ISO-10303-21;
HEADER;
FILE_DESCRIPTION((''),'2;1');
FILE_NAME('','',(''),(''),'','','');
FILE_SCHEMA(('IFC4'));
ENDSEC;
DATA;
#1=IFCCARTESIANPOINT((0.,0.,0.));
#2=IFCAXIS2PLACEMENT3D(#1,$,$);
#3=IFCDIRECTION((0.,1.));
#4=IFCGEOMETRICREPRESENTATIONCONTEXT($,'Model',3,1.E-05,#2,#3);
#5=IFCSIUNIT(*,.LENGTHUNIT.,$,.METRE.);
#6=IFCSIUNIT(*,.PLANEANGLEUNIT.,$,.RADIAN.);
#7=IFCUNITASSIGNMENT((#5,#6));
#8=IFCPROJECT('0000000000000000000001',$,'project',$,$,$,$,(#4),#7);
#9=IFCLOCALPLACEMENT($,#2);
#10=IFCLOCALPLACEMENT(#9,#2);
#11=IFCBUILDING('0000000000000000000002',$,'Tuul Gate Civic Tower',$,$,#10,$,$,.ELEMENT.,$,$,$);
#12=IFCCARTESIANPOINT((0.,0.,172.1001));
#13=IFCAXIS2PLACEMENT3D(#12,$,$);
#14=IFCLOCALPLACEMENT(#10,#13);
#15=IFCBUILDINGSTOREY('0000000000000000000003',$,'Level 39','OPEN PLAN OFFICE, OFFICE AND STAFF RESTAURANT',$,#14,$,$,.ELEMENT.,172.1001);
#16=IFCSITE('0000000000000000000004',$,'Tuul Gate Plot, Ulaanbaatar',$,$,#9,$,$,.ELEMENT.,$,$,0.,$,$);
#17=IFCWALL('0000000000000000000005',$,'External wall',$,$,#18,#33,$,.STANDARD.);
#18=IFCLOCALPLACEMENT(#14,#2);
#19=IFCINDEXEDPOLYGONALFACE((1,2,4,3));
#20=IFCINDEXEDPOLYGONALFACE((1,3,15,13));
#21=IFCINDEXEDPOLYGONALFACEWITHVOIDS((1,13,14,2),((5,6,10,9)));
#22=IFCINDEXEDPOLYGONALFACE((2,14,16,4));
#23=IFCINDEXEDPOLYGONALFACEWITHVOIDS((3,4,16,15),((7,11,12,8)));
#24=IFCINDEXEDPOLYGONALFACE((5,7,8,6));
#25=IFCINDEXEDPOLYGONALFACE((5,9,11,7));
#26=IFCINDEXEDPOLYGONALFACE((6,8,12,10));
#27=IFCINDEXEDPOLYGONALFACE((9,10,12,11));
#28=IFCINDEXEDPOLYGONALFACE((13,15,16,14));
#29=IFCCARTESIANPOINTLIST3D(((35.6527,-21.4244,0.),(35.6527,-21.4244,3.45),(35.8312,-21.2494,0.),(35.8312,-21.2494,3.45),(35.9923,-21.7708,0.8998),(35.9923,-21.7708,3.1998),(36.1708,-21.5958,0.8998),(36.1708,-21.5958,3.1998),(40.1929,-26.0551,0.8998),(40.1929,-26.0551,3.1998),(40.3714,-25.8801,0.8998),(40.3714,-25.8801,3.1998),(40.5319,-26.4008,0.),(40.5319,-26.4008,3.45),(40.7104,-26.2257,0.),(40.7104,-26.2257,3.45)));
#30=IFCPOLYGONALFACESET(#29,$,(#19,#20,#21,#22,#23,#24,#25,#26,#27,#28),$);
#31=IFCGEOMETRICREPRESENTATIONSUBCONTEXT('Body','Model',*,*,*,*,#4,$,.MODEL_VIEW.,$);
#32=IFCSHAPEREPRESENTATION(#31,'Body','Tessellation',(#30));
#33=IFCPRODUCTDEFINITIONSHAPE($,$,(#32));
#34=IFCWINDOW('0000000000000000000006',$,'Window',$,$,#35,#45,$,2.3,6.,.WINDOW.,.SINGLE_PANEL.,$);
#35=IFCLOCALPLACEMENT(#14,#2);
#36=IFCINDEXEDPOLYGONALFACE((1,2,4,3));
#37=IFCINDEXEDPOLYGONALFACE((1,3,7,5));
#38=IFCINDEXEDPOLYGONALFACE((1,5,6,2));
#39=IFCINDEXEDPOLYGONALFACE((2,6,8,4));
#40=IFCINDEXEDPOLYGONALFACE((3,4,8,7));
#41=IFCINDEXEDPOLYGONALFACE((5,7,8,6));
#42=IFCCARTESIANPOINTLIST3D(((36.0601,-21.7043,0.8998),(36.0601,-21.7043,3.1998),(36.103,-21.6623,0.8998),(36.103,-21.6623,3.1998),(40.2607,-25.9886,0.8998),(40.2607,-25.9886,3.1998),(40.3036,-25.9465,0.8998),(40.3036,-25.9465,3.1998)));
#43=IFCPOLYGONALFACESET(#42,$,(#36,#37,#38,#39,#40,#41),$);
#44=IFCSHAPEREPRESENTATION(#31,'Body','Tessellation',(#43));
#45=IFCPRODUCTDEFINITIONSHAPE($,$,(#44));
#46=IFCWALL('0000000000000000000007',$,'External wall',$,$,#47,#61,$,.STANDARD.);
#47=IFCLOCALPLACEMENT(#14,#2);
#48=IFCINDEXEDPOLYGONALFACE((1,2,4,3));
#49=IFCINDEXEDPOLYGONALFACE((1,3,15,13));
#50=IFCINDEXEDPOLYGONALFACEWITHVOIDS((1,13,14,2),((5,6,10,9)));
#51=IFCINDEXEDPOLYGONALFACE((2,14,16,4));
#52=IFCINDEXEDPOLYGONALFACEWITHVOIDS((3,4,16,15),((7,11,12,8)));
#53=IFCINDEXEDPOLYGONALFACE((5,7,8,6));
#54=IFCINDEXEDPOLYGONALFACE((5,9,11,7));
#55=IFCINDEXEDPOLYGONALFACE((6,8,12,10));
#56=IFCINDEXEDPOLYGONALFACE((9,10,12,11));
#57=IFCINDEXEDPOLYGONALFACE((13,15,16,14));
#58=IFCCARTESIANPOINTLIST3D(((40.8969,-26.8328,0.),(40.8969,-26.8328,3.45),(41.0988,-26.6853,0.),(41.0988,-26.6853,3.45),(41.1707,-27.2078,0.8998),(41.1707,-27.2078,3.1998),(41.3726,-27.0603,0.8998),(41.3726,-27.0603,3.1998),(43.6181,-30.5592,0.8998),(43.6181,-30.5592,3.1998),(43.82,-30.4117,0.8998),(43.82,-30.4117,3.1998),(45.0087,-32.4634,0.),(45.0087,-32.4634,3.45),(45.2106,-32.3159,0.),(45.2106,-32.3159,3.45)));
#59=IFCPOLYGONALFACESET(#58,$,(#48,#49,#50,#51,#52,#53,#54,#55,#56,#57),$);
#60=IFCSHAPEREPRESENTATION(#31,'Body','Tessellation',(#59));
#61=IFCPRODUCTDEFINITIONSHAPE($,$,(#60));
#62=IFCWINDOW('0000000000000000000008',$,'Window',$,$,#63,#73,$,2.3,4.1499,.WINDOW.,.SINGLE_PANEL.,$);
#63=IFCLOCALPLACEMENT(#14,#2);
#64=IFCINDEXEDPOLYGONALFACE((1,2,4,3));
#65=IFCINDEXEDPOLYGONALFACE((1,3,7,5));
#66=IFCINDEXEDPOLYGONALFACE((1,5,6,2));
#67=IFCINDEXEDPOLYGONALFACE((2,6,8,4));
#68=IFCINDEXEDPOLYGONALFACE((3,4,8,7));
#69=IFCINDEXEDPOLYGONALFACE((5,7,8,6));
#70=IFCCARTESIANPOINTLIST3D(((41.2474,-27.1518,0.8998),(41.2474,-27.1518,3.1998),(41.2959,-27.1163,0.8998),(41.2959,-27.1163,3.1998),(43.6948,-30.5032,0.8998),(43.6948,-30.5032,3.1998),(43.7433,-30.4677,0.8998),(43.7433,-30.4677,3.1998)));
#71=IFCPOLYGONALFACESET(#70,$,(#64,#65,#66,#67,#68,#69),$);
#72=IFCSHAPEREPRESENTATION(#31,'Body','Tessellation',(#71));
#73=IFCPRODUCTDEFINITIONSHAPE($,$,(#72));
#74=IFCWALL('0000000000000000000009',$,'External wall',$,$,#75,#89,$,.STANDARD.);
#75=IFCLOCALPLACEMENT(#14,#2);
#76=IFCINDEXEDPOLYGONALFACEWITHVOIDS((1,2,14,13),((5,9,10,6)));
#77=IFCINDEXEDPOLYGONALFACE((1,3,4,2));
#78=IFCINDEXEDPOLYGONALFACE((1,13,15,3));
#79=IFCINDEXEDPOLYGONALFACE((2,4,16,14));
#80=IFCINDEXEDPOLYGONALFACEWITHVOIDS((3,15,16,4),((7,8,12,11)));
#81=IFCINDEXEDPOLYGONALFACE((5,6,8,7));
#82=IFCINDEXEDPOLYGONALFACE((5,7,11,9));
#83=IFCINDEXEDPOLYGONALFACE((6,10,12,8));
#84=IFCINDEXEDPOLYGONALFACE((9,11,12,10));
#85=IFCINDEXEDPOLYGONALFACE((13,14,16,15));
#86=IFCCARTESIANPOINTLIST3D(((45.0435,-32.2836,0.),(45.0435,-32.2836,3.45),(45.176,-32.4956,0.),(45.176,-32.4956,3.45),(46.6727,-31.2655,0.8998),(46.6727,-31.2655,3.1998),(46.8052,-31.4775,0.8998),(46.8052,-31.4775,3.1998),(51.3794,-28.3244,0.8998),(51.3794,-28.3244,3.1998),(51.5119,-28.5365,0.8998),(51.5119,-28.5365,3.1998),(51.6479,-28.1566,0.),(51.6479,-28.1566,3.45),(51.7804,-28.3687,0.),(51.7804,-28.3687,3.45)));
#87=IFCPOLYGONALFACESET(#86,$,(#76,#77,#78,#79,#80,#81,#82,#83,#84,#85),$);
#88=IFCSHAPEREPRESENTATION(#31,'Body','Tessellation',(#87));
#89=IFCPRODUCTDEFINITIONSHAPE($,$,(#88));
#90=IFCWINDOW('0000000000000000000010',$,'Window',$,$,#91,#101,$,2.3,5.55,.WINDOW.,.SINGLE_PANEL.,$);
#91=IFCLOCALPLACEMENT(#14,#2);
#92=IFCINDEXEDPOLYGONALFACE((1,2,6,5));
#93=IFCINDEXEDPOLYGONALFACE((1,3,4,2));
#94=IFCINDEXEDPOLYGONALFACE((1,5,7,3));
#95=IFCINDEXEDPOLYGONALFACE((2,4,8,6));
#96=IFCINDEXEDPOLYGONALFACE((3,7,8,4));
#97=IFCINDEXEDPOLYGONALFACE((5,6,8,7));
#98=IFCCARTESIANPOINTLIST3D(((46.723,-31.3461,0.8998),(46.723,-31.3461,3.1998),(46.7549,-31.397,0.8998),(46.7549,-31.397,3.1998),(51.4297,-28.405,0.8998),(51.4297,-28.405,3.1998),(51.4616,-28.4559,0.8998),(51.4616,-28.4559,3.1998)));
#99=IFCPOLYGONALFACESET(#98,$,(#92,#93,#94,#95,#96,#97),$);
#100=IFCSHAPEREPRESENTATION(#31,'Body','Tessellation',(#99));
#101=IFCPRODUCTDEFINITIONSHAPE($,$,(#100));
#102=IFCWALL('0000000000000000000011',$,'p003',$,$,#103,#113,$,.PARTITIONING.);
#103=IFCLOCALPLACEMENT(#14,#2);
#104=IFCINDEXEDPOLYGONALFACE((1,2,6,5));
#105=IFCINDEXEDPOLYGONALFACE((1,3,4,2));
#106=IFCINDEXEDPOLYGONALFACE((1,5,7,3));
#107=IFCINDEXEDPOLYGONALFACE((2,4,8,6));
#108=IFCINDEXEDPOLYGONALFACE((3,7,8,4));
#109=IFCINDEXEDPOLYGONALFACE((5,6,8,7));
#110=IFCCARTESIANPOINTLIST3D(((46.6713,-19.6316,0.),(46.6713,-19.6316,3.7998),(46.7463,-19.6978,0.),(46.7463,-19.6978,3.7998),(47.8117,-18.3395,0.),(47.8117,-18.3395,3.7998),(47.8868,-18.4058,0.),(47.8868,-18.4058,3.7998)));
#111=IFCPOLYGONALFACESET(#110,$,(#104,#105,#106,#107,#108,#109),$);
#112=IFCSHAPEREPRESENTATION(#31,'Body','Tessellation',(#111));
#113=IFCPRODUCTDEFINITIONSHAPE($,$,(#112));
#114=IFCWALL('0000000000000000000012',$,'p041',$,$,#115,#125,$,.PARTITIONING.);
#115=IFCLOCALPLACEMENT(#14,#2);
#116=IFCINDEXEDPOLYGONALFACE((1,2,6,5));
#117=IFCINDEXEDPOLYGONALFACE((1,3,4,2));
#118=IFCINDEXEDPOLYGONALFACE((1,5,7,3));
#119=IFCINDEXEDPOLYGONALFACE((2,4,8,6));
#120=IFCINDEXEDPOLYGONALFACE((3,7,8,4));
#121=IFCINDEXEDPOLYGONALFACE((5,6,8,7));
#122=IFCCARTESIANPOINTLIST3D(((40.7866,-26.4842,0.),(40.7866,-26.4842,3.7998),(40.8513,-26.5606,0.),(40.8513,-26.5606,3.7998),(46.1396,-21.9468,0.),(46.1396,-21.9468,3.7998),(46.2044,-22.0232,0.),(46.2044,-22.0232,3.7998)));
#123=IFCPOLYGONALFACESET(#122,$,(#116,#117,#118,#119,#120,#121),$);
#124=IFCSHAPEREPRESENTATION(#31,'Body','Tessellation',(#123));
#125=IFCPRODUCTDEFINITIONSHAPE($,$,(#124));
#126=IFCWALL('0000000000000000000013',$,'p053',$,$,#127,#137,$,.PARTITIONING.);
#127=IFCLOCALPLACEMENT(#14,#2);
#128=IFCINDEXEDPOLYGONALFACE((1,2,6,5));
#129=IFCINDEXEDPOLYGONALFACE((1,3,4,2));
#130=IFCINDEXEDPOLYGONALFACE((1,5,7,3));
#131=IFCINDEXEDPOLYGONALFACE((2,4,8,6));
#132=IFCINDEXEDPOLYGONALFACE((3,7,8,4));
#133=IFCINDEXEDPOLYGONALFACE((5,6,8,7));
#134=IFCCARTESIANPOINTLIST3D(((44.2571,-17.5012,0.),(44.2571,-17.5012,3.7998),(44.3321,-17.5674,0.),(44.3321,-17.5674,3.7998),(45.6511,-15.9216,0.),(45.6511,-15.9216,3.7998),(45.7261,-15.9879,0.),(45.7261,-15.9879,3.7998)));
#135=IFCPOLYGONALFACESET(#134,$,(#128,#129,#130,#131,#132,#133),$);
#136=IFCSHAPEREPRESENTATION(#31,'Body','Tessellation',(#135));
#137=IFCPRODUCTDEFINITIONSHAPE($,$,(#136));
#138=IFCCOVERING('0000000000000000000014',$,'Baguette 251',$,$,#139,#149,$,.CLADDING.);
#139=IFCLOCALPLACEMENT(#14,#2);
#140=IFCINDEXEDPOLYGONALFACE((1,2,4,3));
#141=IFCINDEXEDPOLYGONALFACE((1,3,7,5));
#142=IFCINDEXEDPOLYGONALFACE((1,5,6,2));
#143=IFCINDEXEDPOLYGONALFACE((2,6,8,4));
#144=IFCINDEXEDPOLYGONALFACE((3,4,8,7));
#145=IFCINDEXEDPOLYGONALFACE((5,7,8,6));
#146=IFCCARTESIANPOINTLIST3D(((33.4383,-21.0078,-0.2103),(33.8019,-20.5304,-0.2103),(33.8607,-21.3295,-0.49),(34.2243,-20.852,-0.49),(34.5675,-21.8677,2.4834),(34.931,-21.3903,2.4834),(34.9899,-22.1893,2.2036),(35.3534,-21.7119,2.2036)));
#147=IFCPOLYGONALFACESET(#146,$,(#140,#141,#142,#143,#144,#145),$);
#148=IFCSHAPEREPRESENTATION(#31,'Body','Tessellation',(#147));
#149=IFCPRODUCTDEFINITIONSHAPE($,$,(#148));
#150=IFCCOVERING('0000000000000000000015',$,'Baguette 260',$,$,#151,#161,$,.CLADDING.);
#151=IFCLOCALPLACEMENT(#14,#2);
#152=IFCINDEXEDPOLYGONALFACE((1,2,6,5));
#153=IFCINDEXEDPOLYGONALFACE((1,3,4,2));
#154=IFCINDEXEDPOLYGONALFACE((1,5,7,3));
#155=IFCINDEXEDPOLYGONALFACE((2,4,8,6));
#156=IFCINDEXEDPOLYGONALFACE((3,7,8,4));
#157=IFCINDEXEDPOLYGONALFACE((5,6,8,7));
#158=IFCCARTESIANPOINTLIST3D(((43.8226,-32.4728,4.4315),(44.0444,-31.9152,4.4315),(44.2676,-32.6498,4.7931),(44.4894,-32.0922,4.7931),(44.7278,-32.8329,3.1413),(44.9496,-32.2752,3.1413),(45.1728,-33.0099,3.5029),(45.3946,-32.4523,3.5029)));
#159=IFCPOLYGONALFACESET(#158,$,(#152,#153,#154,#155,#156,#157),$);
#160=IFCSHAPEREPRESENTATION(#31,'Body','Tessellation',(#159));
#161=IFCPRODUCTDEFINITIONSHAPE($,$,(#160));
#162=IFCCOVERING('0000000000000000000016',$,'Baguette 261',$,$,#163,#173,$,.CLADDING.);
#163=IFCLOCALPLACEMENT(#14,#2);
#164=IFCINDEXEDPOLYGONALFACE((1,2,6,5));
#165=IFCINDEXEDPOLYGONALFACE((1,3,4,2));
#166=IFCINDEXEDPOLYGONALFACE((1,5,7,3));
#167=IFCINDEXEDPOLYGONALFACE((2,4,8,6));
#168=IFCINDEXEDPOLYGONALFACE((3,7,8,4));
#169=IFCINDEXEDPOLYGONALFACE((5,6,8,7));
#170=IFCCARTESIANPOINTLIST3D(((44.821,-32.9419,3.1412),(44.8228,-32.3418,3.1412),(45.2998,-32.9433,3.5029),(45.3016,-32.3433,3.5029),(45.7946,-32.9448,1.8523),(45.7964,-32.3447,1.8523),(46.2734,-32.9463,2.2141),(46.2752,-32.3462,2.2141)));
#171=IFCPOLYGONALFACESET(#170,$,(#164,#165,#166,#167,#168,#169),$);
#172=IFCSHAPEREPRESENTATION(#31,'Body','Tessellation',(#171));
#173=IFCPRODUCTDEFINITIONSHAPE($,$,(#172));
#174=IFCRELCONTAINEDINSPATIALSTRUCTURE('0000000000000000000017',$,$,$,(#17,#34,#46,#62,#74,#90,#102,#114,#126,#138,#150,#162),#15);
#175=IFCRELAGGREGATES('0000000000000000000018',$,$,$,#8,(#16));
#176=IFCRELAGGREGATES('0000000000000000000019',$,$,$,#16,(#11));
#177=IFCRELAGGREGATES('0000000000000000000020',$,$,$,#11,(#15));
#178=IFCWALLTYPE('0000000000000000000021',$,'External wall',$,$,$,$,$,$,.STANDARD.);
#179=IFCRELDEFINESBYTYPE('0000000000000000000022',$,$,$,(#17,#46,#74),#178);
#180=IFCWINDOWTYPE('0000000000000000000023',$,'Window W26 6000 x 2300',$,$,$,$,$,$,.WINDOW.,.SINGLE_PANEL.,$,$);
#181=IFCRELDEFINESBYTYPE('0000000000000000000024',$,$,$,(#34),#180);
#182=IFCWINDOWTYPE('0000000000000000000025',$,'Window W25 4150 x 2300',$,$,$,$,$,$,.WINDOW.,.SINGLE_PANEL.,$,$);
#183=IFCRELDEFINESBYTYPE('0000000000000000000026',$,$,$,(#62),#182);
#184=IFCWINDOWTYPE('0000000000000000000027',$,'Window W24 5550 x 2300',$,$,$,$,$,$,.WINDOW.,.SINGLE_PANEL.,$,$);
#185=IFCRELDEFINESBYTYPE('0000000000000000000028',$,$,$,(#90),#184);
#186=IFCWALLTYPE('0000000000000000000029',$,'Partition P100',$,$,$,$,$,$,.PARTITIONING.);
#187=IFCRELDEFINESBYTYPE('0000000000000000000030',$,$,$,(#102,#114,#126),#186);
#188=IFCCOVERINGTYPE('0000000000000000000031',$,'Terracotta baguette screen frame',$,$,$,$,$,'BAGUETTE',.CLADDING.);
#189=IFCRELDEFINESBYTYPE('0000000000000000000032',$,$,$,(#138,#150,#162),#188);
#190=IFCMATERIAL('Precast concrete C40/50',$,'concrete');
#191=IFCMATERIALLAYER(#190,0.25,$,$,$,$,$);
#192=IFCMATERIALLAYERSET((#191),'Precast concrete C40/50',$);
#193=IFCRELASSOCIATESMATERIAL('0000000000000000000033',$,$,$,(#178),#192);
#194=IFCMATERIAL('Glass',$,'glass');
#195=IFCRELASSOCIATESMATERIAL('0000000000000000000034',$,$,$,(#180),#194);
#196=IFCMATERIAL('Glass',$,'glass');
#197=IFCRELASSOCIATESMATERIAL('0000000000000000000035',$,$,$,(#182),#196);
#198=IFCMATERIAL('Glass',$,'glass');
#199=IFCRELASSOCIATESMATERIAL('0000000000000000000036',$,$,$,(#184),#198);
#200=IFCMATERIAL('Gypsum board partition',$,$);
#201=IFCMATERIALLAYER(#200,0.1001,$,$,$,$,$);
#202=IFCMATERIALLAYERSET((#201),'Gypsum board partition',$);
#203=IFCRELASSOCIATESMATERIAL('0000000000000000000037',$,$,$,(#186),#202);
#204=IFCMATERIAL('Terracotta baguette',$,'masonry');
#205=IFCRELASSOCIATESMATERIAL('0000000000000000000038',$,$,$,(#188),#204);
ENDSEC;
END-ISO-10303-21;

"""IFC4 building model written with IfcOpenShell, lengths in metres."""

from ifc_helpers import new_model, si_unit, direction, frame, frame_2d, origin, origin_2d, place, context, subcontext, project, spatial, rectangle, extrude, material, layer, layer_set, material_profile, profile_set, type_object, element, fill, save


model = new_model("IFC4")

# Units and contexts
model_context = context("Model", 3, precision=1e-05, world=origin(), true_north=direction((0.0, 1.0)))
body_context = subcontext(model_context, "Body", "Model", "MODEL_VIEW")
ifc_project = project(units=[si_unit("LENGTHUNIT", "METRE"), si_unit("PLANEANGLEUNIT", "RADIAN")], contexts=[model_context])

# Site, building, storey
site_placement = place(None, origin())
site = spatial("IfcSite", under=ifc_project, at=site_placement, Name="Tuul Gate Plot, Ulaanbaatar", CompositionType="ELEMENT", RefElevation=0.0)
building_placement = place(site_placement, origin())
building = spatial("IfcBuilding", under=site, at=building_placement, Name="Tuul Gate Civic Tower", CompositionType="ELEMENT")
storey_placement = place(building_placement, frame((0.0, 0.0, 172.1001)))
storey = spatial("IfcBuildingStorey", under=building, at=storey_placement, Name="Level 39", Description="OPEN PLAN OFFICE, OFFICE AND STAFF RESTAURANT", CompositionType="ELEMENT", Elevation=172.1001)

# Walls, openings, windows
ifc_material_1 = material(Name="Precast concrete C40/50", Category="concrete")
ifc_layer_1 = layer(ifc_material_1, 0.25)
ifc_layer_set_1 = layer_set([ifc_layer_1], Name="Precast concrete C40/50")
wall_type_1 = type_object("IfcWallType", Name="External wall", PredefinedType="STANDARD", material=ifc_layer_set_1)
wall_1_placement = place(storey_placement, frame((35.7419, -21.3369, 0.0), z_axis=(0.0, 0.0, 1.0), x_axis=(0.700101, -0.714044, 0.0)))
wall_1 = element("IfcWall", 1, at=wall_1_placement, inside=storey, type_object=wall_type_1, Name="External wall", PredefinedType="STANDARD", context=body_context, shape_type="SweptSolid", body=[
    extrude(rectangle(XDim=6.9692, YDim=0.25, at=frame_2d((3.4846, 0.0))), origin(), (0.0, 0.0, 1.0), 3.45),
])
opening_1_placement = place(wall_1_placement, frame((0.4851, 0.0, 0.8999)))
opening_1 = element("IfcOpeningElement", 2, at=opening_1_placement, cuts=wall_1, PredefinedType="OPENING", context=body_context, shape_type="SweptSolid", body=[
    extrude(rectangle(XDim=6.0, YDim=2.3, at=frame_2d((3.0, 1.1499))), frame((0.0, 0.135, 0.0), z_axis=(0.0, -1.0, 0.0), x_axis=(1.0, 0.0, 0.0)), (0.0, 0.0, 1.0), 0.27),
])
ifc_material_2 = material(Name="Glass", Category="glass")
window_type_1 = type_object("IfcWindowType", Name="Window W26 6000 x 2300", PartitioningType="SINGLE_PANEL", PredefinedType="WINDOW", material=ifc_material_2)
window_1_placement = place(opening_1_placement, origin())
window_1 = element("IfcWindow", 3, at=window_1_placement, inside=storey, type_object=window_type_1, Name="Window", OverallHeight=2.3, OverallWidth=6.0, PartitioningType="SINGLE_PANEL", PredefinedType="WINDOW", context=body_context, shape_type="SweptSolid", body=[
    extrude(rectangle(XDim=6.0, YDim=2.3, at=frame_2d((3.0, 1.1499))), frame((0.0, 0.03, 0.0), z_axis=(0.0, -1.0, 0.0), x_axis=(1.0, 0.0, 0.0)), (0.0, 0.0, 1.0), 0.0601),
])
fill(opening_1, window_1)
wall_2_placement = place(storey_placement, frame((40.9978, -26.759, 0.0), z_axis=(0.0, 0.0, 1.0), x_axis=(0.589749, -0.807587, 0.0)))
wall_2 = element("IfcWall", 4, at=wall_2_placement, inside=storey, type_object=wall_type_1, Name="External wall", PredefinedType="STANDARD", context=body_context, shape_type="SweptSolid", body=[
    extrude(rectangle(XDim=6.9722, YDim=0.25, at=frame_2d((3.4861, 0.0))), origin(), (0.0, 0.0, 1.0), 3.45),
])
opening_2_placement = place(wall_2_placement, frame((0.4644, 0.0, 0.8999)))
opening_2 = element("IfcOpeningElement", 5, at=opening_2_placement, cuts=wall_2, PredefinedType="OPENING", context=body_context, shape_type="SweptSolid", body=[
    extrude(rectangle(XDim=4.1499, YDim=2.3, at=frame_2d((2.075, 1.1499))), frame((0.0, 0.135, 0.0), z_axis=(0.0, -1.0, 0.0), x_axis=(1.0, 0.0, 0.0)), (0.0, 0.0, 1.0), 0.27),
])
ifc_material_3 = material(Name="Glass", Category="glass")
window_type_2 = type_object("IfcWindowType", Name="Window W25 4150 x 2300", PartitioningType="SINGLE_PANEL", PredefinedType="WINDOW", material=ifc_material_3)
window_2_placement = place(opening_2_placement, origin())
window_2 = element("IfcWindow", 6, at=window_2_placement, inside=storey, type_object=window_type_2, Name="Window", OverallHeight=2.3, OverallWidth=4.1499, PartitioningType="SINGLE_PANEL", PredefinedType="WINDOW", context=body_context, shape_type="SweptSolid", body=[
    extrude(rectangle(XDim=4.1499, YDim=2.3, at=frame_2d((2.075, 1.1499))), frame((0.0, 0.03, 0.0), z_axis=(0.0, -1.0, 0.0), x_axis=(1.0, 0.0, 0.0)), (0.0, 0.0, 1.0), 0.0601),
])
fill(opening_2, window_2)
wall_3_placement = place(storey_placement, frame((45.1096, -32.3896, 0.0), z_axis=(0.0, 0.0, 1.0), x_axis=(0.848048, 0.52992, 0.0)))
wall_3 = element("IfcWall", 7, at=wall_3_placement, inside=storey, type_object=wall_type_1, Name="External wall", PredefinedType="STANDARD", context=body_context, shape_type="SweptSolid", body=[
    extrude(rectangle(XDim=7.7878, YDim=0.25, at=frame_2d((3.894, 0.0))), origin(), (0.0, 0.0, 1.0), 3.45),
])
opening_3_placement = place(wall_3_placement, frame((1.9214, 0.0, 0.8999)))
opening_3 = element("IfcOpeningElement", 8, at=opening_3_placement, cuts=wall_3, PredefinedType="OPENING", context=body_context, shape_type="SweptSolid", body=[
    extrude(rectangle(XDim=5.55, YDim=2.3, at=frame_2d((2.7749, 1.1499))), frame((0.0, 0.135, 0.0), z_axis=(0.0, -1.0, 0.0), x_axis=(1.0, 0.0, 0.0)), (0.0, 0.0, 1.0), 0.27),
])
ifc_material_4 = material(Name="Glass", Category="glass")
window_type_3 = type_object("IfcWindowType", Name="Window W24 5550 x 2300", PartitioningType="SINGLE_PANEL", PredefinedType="WINDOW", material=ifc_material_4)
window_3_placement = place(opening_3_placement, origin())
window_3 = element("IfcWindow", 9, at=window_3_placement, inside=storey, type_object=window_type_3, Name="Window", OverallHeight=2.3, OverallWidth=5.55, PartitioningType="SINGLE_PANEL", PredefinedType="WINDOW", context=body_context, shape_type="SweptSolid", body=[
    extrude(rectangle(XDim=5.55, YDim=2.3, at=frame_2d((2.7749, 1.1499))), frame((0.0, 0.03, 0.0), z_axis=(0.0, -1.0, 0.0), x_axis=(1.0, 0.0, 0.0)), (0.0, 0.0, 1.0), 0.0601),
])
fill(opening_3, window_3)

# Walls
ifc_material_5 = material(Name="Gypsum board partition")
ifc_layer_2 = layer(ifc_material_5, 0.1001)
ifc_layer_set_2 = layer_set([ifc_layer_2], Name="Gypsum board partition")
wall_type_2 = type_object("IfcWallType", Name="Partition P100", PredefinedType="PARTITIONING", material=ifc_layer_set_2)
wall_4_placement = place(storey_placement, frame((46.7087, -19.6648, 0.0), z_axis=(0.0, 0.0, 1.0), x_axis=(0.661748, 0.749726, 0.0)))
element("IfcWall", 10, at=wall_4_placement, inside=storey, type_object=wall_type_2, Name="p003", PredefinedType="PARTITIONING", context=body_context, shape_type="SweptSolid", body=[
    extrude(rectangle(XDim=1.7234, YDim=0.1001, at=frame_2d((0.8618, 0.0))), origin(), (0.0, 0.0, 1.0), 3.7998),
])
wall_5_placement = place(storey_placement, frame((40.8188, -26.5225, 0.0), z_axis=(0.0, 0.0, 1.0), x_axis=(0.762833, 0.646595, 0.0)))
element("IfcWall", 11, at=wall_5_placement, inside=storey, type_object=wall_type_2, Name="p041", PredefinedType="PARTITIONING", context=body_context, shape_type="SweptSolid", body=[
    extrude(rectangle(XDim=7.0173, YDim=0.1001, at=frame_2d((3.5088, 0.0))), origin(), (0.0, 0.0, 1.0), 3.7998),
])
wall_6_placement = place(storey_placement, frame((44.2947, -17.5342, 0.0), z_axis=(0.0, 0.0, 1.0), x_axis=(0.661698, 0.74977, 0.0)))
element("IfcWall", 12, at=wall_6_placement, inside=storey, type_object=wall_type_2, Name="p053", PredefinedType="PARTITIONING", context=body_context, shape_type="SweptSolid", body=[
    extrude(rectangle(XDim=2.1067, YDim=0.1001, at=frame_2d((1.0532, 0.0))), origin(), (0.0, 0.0, 1.0), 3.7998),
])

# Coverings
ifc_material_6 = material(Name="Terracotta baguette", Category="masonry")
ifc_material_profile_1 = material_profile(ifc_material_6, rectangle(XDim=0.6001, YDim=0.6001, at=origin_2d()), Name="Terracotta baguette screen frame")
ifc_profile_set_1 = profile_set([ifc_material_profile_1], Name="Terracotta baguette")
covering_type = type_object("IfcCoveringType", Name="Terracotta baguette screen frame", ElementType="BAGUETTE", PredefinedType="CLADDING", material=ifc_profile_set_1)
covering_1_placement = place(storey_placement, frame((34.9604, -21.7898, 2.3435), z_axis=(-0.370865, 0.282419, -0.884703), x_axis=(-0.605846, -0.795582, 0.0)))
element("IfcCovering", 13, at=covering_1_placement, inside=storey, type_object=covering_type, Name="Baguette 251", PredefinedType="CLADDING", context=body_context, shape_type="SweptSolid", body=[
    extrude(rectangle(XDim=0.6001, YDim=0.6001, at=origin_2d()), origin(), (0.0, 0.0, 1.0), 3.0447),
])
covering_2_placement = place(storey_placement, frame((44.156, -32.2825, 4.6123), z_axis=(0.559918, -0.222729, -0.79805), x_axis=(0.369619, 0.929184, 0.0)))
element("IfcCovering", 14, at=covering_2_placement, inside=storey, type_object=covering_type, Name="Baguette 260", PredefinedType="CLADDING", context=body_context, shape_type="SweptSolid", body=[
    extrude(rectangle(XDim=0.6001, YDim=0.6001, at=origin_2d()), origin(), (0.0, 0.0, 1.0), 1.6167),
])
covering_3_placement = place(storey_placement, frame((45.0613, -32.6426, 3.322), z_axis=(0.602777, -0.001814, -0.797908), x_axis=(0.003009, 0.999995, 0.0)))
element("IfcCovering", 15, at=covering_3_placement, inside=storey, type_object=covering_type, Name="Baguette 261", PredefinedType="CLADDING", context=body_context, shape_type="SweptSolid", body=[
    extrude(rectangle(XDim=0.6001, YDim=0.6001, at=origin_2d()), origin(), (0.0, 0.0, 1.0), 1.6152),
])

save(model, "model.ifc")
